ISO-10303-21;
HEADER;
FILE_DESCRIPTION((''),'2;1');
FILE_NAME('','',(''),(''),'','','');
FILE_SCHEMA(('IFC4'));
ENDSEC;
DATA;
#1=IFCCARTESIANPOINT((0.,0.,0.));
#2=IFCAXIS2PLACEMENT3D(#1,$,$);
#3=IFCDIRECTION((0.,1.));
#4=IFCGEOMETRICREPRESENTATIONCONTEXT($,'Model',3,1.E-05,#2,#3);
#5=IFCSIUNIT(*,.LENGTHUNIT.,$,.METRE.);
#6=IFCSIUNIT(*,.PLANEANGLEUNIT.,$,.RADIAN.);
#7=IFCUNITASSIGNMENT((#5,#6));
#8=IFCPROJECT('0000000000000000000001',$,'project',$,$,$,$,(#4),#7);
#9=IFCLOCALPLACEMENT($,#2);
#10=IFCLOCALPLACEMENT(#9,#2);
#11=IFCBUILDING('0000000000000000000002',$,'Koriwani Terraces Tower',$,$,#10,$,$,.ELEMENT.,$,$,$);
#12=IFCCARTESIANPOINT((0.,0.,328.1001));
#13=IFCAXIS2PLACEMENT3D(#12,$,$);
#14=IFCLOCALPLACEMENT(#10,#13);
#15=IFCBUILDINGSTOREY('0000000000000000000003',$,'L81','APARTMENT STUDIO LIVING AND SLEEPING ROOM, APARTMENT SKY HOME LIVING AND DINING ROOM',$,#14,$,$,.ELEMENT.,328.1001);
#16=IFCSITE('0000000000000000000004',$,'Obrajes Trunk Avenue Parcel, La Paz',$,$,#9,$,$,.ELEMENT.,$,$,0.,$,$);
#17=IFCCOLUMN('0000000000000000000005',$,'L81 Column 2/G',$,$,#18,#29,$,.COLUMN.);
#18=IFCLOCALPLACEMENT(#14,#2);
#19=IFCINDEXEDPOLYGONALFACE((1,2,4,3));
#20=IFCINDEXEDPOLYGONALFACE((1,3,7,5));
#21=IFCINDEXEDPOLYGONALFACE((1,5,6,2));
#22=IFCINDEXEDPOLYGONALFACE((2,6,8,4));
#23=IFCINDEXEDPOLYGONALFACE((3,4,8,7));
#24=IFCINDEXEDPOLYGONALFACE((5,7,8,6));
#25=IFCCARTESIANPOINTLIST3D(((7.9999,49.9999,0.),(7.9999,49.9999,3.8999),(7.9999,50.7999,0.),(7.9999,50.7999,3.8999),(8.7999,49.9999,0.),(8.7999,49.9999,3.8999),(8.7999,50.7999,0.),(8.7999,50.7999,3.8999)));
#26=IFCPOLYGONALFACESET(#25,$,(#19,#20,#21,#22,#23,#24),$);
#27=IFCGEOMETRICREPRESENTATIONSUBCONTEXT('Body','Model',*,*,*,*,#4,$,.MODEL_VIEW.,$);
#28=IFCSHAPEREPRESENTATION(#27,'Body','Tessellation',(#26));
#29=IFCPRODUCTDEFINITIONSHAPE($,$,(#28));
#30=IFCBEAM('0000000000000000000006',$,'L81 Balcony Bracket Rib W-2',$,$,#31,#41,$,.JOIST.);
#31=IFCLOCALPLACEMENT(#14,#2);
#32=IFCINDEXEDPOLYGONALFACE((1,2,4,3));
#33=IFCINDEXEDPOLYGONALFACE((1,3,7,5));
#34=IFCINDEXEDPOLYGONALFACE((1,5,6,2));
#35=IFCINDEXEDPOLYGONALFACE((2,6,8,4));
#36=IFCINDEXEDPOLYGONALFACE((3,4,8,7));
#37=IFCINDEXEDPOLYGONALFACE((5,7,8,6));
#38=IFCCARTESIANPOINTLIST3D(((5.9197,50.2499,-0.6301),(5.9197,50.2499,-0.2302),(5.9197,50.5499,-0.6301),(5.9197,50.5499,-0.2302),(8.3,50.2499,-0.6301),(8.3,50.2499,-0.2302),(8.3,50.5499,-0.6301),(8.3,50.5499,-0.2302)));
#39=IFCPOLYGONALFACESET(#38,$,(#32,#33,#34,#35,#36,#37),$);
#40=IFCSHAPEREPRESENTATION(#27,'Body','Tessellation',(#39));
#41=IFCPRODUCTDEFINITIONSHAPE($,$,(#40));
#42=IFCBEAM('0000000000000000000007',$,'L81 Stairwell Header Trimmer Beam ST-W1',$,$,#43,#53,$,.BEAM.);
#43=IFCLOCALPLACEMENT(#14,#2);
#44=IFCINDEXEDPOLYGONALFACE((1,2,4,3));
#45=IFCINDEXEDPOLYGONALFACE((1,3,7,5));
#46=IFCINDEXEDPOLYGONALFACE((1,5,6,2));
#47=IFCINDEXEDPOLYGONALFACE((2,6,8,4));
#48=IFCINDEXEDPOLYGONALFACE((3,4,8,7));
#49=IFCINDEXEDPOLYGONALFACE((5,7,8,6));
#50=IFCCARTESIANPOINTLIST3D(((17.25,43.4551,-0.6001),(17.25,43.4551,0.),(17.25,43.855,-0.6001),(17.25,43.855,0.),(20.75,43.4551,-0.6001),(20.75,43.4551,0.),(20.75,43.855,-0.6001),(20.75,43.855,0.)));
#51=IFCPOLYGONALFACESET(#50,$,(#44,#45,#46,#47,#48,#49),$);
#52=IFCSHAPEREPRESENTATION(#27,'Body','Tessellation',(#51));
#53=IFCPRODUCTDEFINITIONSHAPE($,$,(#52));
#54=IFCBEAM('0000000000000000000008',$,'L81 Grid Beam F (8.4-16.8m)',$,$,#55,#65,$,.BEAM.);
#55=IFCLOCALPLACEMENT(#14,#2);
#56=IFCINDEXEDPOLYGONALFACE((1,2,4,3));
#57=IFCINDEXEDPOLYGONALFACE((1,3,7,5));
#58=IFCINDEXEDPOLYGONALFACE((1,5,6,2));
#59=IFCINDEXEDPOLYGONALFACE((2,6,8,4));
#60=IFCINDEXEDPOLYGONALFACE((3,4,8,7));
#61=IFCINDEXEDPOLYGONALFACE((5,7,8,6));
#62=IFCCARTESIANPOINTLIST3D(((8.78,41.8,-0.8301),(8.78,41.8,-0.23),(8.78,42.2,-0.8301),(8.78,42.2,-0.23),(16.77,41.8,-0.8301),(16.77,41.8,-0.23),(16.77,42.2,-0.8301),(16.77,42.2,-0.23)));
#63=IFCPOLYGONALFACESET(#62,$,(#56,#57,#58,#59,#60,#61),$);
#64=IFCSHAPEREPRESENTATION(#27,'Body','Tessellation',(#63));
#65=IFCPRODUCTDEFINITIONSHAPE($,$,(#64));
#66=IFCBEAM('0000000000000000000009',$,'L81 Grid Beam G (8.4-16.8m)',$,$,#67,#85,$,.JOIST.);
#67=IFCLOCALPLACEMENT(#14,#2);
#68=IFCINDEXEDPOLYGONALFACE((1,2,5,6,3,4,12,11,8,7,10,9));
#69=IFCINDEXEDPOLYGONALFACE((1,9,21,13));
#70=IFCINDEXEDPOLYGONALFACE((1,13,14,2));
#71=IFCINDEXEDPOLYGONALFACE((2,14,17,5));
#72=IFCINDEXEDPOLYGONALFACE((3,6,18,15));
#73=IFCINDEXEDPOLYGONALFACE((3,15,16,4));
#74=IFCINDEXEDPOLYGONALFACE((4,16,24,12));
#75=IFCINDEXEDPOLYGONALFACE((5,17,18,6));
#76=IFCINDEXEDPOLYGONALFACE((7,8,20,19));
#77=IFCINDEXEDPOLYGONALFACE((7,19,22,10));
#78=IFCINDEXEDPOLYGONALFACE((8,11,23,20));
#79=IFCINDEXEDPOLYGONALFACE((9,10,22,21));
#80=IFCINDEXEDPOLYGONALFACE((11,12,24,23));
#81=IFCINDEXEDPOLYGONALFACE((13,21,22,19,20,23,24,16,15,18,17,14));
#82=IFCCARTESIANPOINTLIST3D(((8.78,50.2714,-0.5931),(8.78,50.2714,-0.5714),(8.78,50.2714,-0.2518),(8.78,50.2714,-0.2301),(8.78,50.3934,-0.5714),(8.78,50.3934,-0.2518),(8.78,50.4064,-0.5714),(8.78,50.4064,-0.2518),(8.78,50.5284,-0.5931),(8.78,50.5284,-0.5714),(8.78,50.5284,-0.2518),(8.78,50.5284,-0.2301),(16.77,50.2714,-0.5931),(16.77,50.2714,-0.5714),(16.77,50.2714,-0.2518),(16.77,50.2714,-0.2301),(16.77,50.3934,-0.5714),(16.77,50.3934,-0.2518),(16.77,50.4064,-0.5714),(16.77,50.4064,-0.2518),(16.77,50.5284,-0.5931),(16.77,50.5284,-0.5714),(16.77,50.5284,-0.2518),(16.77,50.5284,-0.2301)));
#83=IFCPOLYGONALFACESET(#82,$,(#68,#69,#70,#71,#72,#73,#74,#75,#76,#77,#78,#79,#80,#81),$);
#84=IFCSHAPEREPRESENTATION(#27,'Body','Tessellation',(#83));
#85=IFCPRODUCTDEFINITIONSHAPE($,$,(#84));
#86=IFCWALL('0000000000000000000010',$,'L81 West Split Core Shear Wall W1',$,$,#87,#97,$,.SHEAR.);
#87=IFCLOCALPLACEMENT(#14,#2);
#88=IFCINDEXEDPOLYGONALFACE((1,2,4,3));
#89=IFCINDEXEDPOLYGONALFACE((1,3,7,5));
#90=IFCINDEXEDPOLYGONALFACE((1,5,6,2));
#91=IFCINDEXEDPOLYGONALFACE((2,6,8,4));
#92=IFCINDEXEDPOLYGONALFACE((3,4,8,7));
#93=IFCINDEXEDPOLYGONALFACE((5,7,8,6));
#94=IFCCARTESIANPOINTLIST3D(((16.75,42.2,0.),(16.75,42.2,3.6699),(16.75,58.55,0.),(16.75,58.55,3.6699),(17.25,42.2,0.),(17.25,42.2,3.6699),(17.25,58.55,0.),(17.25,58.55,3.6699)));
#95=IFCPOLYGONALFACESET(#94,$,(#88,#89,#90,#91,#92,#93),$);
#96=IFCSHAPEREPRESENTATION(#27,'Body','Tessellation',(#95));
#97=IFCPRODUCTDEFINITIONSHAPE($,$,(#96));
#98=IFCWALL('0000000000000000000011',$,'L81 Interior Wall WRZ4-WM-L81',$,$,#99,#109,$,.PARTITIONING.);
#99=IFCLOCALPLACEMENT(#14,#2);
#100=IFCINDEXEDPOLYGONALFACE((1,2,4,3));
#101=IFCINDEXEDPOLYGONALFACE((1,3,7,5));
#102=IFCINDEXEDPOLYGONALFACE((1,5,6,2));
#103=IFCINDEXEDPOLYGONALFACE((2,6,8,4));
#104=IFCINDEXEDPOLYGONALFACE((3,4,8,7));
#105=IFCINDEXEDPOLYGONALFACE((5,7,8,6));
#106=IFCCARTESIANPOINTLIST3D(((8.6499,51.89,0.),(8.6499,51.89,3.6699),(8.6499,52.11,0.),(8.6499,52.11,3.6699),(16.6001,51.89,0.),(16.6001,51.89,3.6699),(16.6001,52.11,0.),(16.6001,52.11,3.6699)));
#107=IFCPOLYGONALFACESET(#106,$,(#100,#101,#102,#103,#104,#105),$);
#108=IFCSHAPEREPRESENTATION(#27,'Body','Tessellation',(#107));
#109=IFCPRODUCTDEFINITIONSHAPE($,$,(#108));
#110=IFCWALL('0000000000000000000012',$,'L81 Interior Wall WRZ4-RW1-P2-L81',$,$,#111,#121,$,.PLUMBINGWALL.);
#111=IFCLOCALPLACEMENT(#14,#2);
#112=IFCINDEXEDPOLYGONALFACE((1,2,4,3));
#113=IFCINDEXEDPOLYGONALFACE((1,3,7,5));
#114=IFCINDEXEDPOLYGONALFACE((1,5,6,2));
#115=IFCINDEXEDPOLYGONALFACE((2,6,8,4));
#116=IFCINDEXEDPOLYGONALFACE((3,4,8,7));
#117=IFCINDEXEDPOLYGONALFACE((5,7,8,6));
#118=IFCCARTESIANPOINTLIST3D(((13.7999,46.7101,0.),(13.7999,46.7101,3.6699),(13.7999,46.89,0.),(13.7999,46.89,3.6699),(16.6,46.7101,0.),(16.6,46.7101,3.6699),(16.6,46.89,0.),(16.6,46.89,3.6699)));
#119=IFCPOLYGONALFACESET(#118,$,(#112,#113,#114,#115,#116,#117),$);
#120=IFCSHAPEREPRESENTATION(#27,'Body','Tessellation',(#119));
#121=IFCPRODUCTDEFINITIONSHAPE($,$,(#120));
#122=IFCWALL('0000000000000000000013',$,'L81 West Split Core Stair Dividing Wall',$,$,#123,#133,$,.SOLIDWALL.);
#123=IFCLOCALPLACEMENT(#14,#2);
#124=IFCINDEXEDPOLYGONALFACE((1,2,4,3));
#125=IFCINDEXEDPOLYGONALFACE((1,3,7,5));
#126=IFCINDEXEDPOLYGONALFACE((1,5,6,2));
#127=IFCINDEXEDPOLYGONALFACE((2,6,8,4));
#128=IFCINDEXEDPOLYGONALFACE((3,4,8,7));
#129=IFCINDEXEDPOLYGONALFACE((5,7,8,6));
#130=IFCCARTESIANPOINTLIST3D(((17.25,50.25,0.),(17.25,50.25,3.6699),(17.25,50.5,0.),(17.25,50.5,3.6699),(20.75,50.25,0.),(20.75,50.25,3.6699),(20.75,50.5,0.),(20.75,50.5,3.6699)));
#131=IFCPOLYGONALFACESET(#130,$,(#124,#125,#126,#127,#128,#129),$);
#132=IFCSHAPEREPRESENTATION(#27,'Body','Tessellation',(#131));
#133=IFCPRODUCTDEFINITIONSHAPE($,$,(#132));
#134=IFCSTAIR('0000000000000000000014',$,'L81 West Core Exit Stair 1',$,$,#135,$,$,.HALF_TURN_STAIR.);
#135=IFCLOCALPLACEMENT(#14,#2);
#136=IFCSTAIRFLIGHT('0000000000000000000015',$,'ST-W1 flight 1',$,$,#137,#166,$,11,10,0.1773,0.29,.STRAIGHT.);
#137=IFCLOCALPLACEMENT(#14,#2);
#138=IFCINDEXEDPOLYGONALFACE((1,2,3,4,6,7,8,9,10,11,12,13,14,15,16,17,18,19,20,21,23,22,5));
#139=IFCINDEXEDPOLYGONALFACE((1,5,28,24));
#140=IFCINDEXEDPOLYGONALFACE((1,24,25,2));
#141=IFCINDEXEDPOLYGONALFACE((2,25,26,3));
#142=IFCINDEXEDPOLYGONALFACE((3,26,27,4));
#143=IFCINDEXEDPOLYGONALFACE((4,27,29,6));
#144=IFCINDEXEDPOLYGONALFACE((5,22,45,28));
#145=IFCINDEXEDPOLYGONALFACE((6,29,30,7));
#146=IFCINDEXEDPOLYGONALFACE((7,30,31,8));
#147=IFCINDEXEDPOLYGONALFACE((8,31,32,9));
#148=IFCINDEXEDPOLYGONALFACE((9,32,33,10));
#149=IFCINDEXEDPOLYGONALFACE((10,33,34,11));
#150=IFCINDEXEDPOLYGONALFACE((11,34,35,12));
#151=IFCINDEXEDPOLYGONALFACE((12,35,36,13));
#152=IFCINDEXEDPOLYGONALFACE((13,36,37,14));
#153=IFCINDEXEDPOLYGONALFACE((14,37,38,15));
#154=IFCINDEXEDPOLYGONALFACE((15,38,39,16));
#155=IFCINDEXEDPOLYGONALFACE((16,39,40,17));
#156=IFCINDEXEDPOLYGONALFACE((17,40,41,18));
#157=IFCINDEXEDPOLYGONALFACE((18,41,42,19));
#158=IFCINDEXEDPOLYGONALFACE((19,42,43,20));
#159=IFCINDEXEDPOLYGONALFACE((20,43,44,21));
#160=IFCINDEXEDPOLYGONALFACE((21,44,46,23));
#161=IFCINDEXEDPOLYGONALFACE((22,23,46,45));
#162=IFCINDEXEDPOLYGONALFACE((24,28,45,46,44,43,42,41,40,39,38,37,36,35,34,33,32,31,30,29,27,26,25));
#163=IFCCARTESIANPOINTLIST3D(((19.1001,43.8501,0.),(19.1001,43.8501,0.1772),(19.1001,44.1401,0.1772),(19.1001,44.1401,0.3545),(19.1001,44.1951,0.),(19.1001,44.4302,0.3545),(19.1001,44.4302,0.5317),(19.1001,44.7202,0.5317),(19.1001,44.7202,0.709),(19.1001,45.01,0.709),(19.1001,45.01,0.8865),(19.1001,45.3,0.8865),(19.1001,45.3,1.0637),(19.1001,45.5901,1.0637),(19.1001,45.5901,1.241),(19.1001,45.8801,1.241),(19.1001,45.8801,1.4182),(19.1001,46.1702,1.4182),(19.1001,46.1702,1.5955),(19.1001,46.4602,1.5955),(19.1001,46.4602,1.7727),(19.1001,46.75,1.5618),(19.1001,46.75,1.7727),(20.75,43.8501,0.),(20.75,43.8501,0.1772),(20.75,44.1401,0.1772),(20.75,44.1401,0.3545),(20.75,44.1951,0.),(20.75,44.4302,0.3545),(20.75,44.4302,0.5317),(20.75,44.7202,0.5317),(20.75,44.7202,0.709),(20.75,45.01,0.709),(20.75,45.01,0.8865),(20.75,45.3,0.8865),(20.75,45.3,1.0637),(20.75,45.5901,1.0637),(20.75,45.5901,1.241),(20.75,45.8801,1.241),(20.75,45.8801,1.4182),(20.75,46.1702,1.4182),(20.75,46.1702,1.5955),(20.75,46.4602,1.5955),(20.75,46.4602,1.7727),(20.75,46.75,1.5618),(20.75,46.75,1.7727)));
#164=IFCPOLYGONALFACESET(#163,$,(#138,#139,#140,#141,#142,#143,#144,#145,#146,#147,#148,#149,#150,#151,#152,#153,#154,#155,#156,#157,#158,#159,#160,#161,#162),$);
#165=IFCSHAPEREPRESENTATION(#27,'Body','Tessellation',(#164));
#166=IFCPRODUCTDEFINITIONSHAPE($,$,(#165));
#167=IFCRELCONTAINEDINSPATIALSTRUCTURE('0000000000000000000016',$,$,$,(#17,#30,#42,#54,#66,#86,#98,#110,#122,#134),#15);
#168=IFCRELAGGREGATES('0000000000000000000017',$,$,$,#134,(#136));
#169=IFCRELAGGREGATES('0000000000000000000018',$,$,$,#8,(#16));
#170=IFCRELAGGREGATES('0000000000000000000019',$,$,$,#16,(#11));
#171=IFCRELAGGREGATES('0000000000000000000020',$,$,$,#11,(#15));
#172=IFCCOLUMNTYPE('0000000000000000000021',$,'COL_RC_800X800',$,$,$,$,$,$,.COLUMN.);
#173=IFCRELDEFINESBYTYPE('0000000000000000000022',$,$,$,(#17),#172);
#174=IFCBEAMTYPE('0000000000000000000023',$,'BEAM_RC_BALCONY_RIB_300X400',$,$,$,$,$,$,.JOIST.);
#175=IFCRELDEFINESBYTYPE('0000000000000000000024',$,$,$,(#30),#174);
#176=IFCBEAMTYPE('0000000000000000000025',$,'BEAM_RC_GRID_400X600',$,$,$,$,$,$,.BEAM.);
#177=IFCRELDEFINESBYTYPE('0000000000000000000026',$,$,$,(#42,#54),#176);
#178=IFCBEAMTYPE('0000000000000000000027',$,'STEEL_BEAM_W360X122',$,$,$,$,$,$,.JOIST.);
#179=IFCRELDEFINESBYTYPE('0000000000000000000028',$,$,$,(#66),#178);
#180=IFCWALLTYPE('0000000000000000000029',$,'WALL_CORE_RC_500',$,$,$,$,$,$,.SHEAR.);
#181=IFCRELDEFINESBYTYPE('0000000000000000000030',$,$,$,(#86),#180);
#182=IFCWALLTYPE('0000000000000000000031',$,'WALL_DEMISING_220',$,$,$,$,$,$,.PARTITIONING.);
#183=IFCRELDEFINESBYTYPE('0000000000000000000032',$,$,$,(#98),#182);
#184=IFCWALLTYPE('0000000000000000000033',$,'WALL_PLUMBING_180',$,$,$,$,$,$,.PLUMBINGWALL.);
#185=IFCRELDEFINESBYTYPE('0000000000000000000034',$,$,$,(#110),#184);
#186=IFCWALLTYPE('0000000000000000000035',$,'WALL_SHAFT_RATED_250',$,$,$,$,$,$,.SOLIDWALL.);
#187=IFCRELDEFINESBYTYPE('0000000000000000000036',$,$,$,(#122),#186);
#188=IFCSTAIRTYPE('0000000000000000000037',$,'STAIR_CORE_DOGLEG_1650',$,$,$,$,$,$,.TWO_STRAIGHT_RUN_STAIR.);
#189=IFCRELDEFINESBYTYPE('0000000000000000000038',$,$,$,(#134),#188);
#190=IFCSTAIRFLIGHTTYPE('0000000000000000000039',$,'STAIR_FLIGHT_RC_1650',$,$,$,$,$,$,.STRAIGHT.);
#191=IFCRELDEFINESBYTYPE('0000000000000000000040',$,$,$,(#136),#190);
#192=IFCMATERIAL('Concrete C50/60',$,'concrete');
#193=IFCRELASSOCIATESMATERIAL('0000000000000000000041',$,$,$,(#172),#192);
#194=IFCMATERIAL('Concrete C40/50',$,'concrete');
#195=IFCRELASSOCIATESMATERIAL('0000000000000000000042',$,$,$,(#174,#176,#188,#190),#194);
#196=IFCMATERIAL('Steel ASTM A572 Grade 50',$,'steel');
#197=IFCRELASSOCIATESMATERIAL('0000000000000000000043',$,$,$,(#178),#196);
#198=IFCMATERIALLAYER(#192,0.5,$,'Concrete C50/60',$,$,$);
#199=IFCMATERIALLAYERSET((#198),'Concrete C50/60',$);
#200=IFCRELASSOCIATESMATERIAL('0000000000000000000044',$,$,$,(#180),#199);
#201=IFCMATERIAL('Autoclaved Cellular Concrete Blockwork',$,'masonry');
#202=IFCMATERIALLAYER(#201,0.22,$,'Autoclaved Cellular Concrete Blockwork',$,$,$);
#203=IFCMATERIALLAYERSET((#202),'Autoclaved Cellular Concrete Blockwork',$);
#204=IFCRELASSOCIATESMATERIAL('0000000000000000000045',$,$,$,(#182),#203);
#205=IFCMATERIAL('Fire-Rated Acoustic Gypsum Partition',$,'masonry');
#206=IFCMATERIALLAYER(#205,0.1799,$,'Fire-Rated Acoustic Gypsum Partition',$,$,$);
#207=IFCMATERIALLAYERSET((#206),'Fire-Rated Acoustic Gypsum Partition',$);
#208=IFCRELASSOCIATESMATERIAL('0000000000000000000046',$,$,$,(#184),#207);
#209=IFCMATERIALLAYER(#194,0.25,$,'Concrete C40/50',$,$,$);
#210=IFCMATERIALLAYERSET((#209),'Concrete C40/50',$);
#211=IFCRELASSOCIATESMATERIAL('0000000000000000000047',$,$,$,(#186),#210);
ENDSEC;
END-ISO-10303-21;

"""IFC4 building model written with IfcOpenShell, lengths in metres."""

from ifc_helpers import new_model, si_unit, direction, frame, frame_2d, origin, origin_2d, place, context, subcontext, project, spatial, polyline, rectangle, i_section, outline, extrude, material, layer, layer_set, material_profile, profile_set, type_object, element, aggregate, save


model = new_model("IFC4")

# Units and contexts
model_context = context("Model", 3, precision=1e-05, world=origin(), true_north=direction((0.0, 1.0)))
body_context = subcontext(model_context, "Body", "Model", "MODEL_VIEW")
ifc_project = project(units=[si_unit("LENGTHUNIT", "METRE"), si_unit("PLANEANGLEUNIT", "RADIAN")], contexts=[model_context])

# Site, building, storey
site_placement = place(None, origin())
site = spatial("IfcSite", under=ifc_project, at=site_placement, Name="Obrajes Trunk Avenue Parcel, La Paz", CompositionType="ELEMENT", RefElevation=0.0)
building_placement = place(site_placement, origin())
building = spatial("IfcBuilding", under=site, at=building_placement, Name="Koriwani Terraces Tower", CompositionType="ELEMENT")
storey_placement = place(building_placement, frame((0.0, 0.0, 328.1001)))
storey = spatial("IfcBuildingStorey", under=building, at=storey_placement, Name="L81", Description="APARTMENT STUDIO LIVING AND SLEEPING ROOM, APARTMENT SKY HOME LIVING AND DINING ROOM", CompositionType="ELEMENT", Elevation=328.1001)

# Column
ifc_material_1 = material(Name="Concrete C50/60", Category="concrete")
ifc_material_profile_1 = material_profile(ifc_material_1, rectangle(XDim=0.8, YDim=0.8, at=origin_2d()), Name="Concrete C50/60", Category="LoadBearing")
ifc_profile_set_1 = profile_set([ifc_material_profile_1], Name="Concrete C50/60")
column_type = type_object("IfcColumnType", Name="COL_RC_800X800", PredefinedType="COLUMN", material=ifc_profile_set_1)
column_placement = place(storey_placement, frame((8.3999, 50.3999, 0.0), z_axis=(0.0, 0.0, 1.0), x_axis=(1.0, 0.0, 0.0)))
element("IfcColumn", 1, at=column_placement, inside=storey, type_object=column_type, Name="L81 Column 2/G", PredefinedType="COLUMN", context=body_context, shape_type="SweptSolid", body=[
    extrude(rectangle(XDim=0.8, YDim=0.8, at=origin_2d()), origin(), (0.0, 0.0, 1.0), 3.8999),
])

# Beams
ifc_material_2 = material(Name="Concrete C40/50", Category="concrete")
ifc_material_profile_2 = material_profile(ifc_material_2, rectangle(XDim=0.3, YDim=0.3999, at=origin_2d()), Name="Concrete C40/50", Category="LoadBearing")
ifc_profile_set_2 = profile_set([ifc_material_profile_2], Name="Concrete C40/50")
beam_type_1 = type_object("IfcBeamType", Name="BEAM_RC_BALCONY_RIB_300X400", PredefinedType="JOIST", material=ifc_profile_set_2)
beam_1_placement = place(storey_placement, frame((5.9197, 50.3999, -0.4302), z_axis=(1.0, 0.0, 0.0), x_axis=(0.0, 1.0, 0.0)))
element("IfcBeam", 2, at=beam_1_placement, inside=storey, type_object=beam_type_1, Name="L81 Balcony Bracket Rib W-2", PredefinedType="JOIST", context=body_context, shape_type="SweptSolid", body=[
    extrude(rectangle(XDim=0.3, YDim=0.3999, at=origin_2d()), origin(), (0.0, 0.0, 1.0), 2.3804),
])
ifc_material_profile_3 = material_profile(ifc_material_2, rectangle(XDim=0.3999, YDim=0.6001, at=origin_2d()), Name="Concrete C40/50", Category="LoadBearing")
ifc_profile_set_3 = profile_set([ifc_material_profile_3], Name="Concrete C40/50")
beam_type_2 = type_object("IfcBeamType", Name="BEAM_RC_GRID_400X600", PredefinedType="BEAM", material=ifc_profile_set_3)
beam_2_placement = place(storey_placement, frame((17.25, 43.655, -0.3), z_axis=(1.0, 0.0, 0.0), x_axis=(0.0, 1.0, 0.0)))
element("IfcBeam", 3, at=beam_2_placement, inside=storey, type_object=beam_type_2, Name="L81 Stairwell Header Trimmer Beam ST-W1", PredefinedType="BEAM", context=body_context, shape_type="SweptSolid", body=[
    extrude(rectangle(XDim=0.3999, YDim=0.6001, at=origin_2d()), origin(), (0.0, 0.0, 1.0), 3.5),
])
beam_3_placement = place(storey_placement, frame((8.78, 42.0, -0.53), z_axis=(1.0, 0.0, 0.0), x_axis=(0.0, 1.0, 0.0)))
element("IfcBeam", 4, at=beam_3_placement, inside=storey, type_object=beam_type_2, Name="L81 Grid Beam F (8.4-16.8m)", PredefinedType="BEAM", context=body_context, shape_type="SweptSolid", body=[
    extrude(rectangle(XDim=0.3999, YDim=0.6001, at=origin_2d()), origin(), (0.0, 0.0, 1.0), 7.99),
])
ifc_material_3 = material(Name="Steel ASTM A572 Grade 50", Category="steel")
ifc_material_profile_4 = material_profile(ifc_material_3, i_section(OverallWidth=0.2571, OverallDepth=0.363, WebThickness=0.0129, FlangeThickness=0.0217, at=origin_2d()), Name="Steel ASTM A572 Grade 50", Category="LoadBearing")
ifc_profile_set_4 = profile_set([ifc_material_profile_4], Name="Steel ASTM A572 Grade 50")
beam_type_3 = type_object("IfcBeamType", Name="STEEL_BEAM_W360X122", PredefinedType="JOIST", material=ifc_profile_set_4)
beam_4_placement = place(storey_placement, frame((8.78, 50.3999, -0.4116), z_axis=(1.0, 0.0, 0.0), x_axis=(0.0, 1.0, 0.0)))
element("IfcBeam", 5, at=beam_4_placement, inside=storey, type_object=beam_type_3, Name="L81 Grid Beam G (8.4-16.8m)", PredefinedType="JOIST", context=body_context, shape_type="SweptSolid", body=[
    extrude(i_section(OverallWidth=0.2571, OverallDepth=0.363, WebThickness=0.0129, FlangeThickness=0.0217, at=origin_2d()), origin(), (0.0, 0.0, 1.0), 7.99),
])

# Walls
ifc_layer_1 = layer(ifc_material_1, 0.5, Name="Concrete C50/60")
ifc_layer_set_1 = layer_set([ifc_layer_1], Name="Concrete C50/60")
wall_type_1 = type_object("IfcWallType", Name="WALL_CORE_RC_500", PredefinedType="SHEAR", material=ifc_layer_set_1)
wall_1_placement = place(storey_placement, frame((17.0, 42.2, 0.0), z_axis=(0.0, 0.0, 1.0), x_axis=(0.0, 1.0, 0.0)))
element("IfcWall", 6, at=wall_1_placement, inside=storey, type_object=wall_type_1, Name="L81 West Split Core Shear Wall W1", PredefinedType="SHEAR", context=body_context, shape_type="SweptSolid", body=[
    extrude(rectangle(XDim=16.3501, YDim=0.5, at=frame_2d((8.175, 0.0))), origin(), (0.0, 0.0, 1.0), 3.6699),
])
ifc_material_4 = material(Name="Autoclaved Cellular Concrete Blockwork", Category="masonry")
ifc_layer_2 = layer(ifc_material_4, 0.22, Name="Autoclaved Cellular Concrete Blockwork")
ifc_layer_set_2 = layer_set([ifc_layer_2], Name="Autoclaved Cellular Concrete Blockwork")
wall_type_2 = type_object("IfcWallType", Name="WALL_DEMISING_220", PredefinedType="PARTITIONING", material=ifc_layer_set_2)
wall_2_placement = place(storey_placement, frame((8.6499, 52.0, 0.0), z_axis=(0.0, 0.0, 1.0), x_axis=(1.0, 0.0, 0.0)))
element("IfcWall", 7, at=wall_2_placement, inside=storey, type_object=wall_type_2, Name="L81 Interior Wall WRZ4-WM-L81", PredefinedType="PARTITIONING", context=body_context, shape_type="SweptSolid", body=[
    extrude(rectangle(XDim=7.9502, YDim=0.22, at=frame_2d((3.9751, 0.0))), origin(), (0.0, 0.0, 1.0), 3.6699),
])
ifc_material_5 = material(Name="Fire-Rated Acoustic Gypsum Partition", Category="masonry")
ifc_layer_3 = layer(ifc_material_5, 0.1799, Name="Fire-Rated Acoustic Gypsum Partition")
ifc_layer_set_3 = layer_set([ifc_layer_3], Name="Fire-Rated Acoustic Gypsum Partition")
wall_type_3 = type_object("IfcWallType", Name="WALL_PLUMBING_180", PredefinedType="PLUMBINGWALL", material=ifc_layer_set_3)
wall_3_placement = place(storey_placement, frame((13.8, 46.8, 0.0), z_axis=(0.0, 0.0, 1.0), x_axis=(1.0, 0.0, 0.0)))
element("IfcWall", 8, at=wall_3_placement, inside=storey, type_object=wall_type_3, Name="L81 Interior Wall WRZ4-RW1-P2-L81", PredefinedType="PLUMBINGWALL", context=body_context, shape_type="SweptSolid", body=[
    extrude(rectangle(XDim=2.8, YDim=0.1799, at=frame_2d((1.3999, 0.0))), origin(), (0.0, 0.0, 1.0), 3.6699),
])
ifc_layer_4 = layer(ifc_material_2, 0.25, Name="Concrete C40/50")
ifc_layer_set_4 = layer_set([ifc_layer_4], Name="Concrete C40/50")
wall_type_4 = type_object("IfcWallType", Name="WALL_SHAFT_RATED_250", PredefinedType="SOLIDWALL", material=ifc_layer_set_4)
wall_4_placement = place(storey_placement, frame((17.25, 50.375, 0.0), z_axis=(0.0, 0.0, 1.0), x_axis=(1.0, 0.0, 0.0)))
element("IfcWall", 9, at=wall_4_placement, inside=storey, type_object=wall_type_4, Name="L81 West Split Core Stair Dividing Wall", PredefinedType="SOLIDWALL", context=body_context, shape_type="SweptSolid", body=[
    extrude(rectangle(XDim=3.5, YDim=0.25, at=frame_2d((1.75, 0.0))), origin(), (0.0, 0.0, 1.0), 3.6699),
])

# Stair, stair flight
stair_type = type_object("IfcStairType", Name="STAIR_CORE_DOGLEG_1650", PredefinedType="TWO_STRAIGHT_RUN_STAIR", material=ifc_material_2)
stair_placement = place(storey_placement, origin())
stair = element("IfcStair", 10, at=stair_placement, inside=storey, type_object=stair_type, Name="L81 West Core Exit Stair 1", PredefinedType="HALF_TURN_STAIR")
stair_flight_type = type_object("IfcStairFlightType", Name="STAIR_FLIGHT_RC_1650", PredefinedType="STRAIGHT", material=ifc_material_2)
stair_flight_1_placement = place(storey_placement, frame((19.925, 43.8501, 0.0), z_axis=(0.0, 0.0, 1.0), x_axis=(0.0, 1.0, 0.0)))
stair_flight_1 = element("IfcStairFlight", 11, at=stair_flight_1_placement, type_object=stair_flight_type, Name="ST-W1 flight 1", NumberOfRisers=11, NumberOfTreads=10, PredefinedType="STRAIGHT", RiserHeight=0.1773, TreadLength=0.29, context=body_context, shape_type="SweptSolid", body=[
    extrude(outline(polyline([(0.0, 0.0), (0.0, 0.1772), (0.29, 0.1772), (0.29, 0.3545), (0.5801, 0.3545), (0.5801, 0.5317), (0.8701, 0.5317), (0.8701, 0.709), (1.1599, 0.709), (1.1599, 0.8865), (1.45, 0.8865), (1.45, 1.0637), (1.74, 1.0637), (1.74, 1.241), (2.03, 1.241), (2.03, 1.4182), (2.3201, 1.4182), (2.3201, 1.5955), (2.6101, 1.5955), (2.6101, 1.7727), (2.8999, 1.7727), (2.8999, 1.95), (2.8999, 1.5618), (0.345, 0.0), (0.0, 0.0)])), frame((0.0, 0.825, 0.0), z_axis=(0.0, -1.0, 0.0), x_axis=(1.0, 0.0, 0.0)), (0.0, 0.0, 1.0), 1.6499),
])
aggregate(stair, [stair_flight_1])

save(model, "model.ifc")
